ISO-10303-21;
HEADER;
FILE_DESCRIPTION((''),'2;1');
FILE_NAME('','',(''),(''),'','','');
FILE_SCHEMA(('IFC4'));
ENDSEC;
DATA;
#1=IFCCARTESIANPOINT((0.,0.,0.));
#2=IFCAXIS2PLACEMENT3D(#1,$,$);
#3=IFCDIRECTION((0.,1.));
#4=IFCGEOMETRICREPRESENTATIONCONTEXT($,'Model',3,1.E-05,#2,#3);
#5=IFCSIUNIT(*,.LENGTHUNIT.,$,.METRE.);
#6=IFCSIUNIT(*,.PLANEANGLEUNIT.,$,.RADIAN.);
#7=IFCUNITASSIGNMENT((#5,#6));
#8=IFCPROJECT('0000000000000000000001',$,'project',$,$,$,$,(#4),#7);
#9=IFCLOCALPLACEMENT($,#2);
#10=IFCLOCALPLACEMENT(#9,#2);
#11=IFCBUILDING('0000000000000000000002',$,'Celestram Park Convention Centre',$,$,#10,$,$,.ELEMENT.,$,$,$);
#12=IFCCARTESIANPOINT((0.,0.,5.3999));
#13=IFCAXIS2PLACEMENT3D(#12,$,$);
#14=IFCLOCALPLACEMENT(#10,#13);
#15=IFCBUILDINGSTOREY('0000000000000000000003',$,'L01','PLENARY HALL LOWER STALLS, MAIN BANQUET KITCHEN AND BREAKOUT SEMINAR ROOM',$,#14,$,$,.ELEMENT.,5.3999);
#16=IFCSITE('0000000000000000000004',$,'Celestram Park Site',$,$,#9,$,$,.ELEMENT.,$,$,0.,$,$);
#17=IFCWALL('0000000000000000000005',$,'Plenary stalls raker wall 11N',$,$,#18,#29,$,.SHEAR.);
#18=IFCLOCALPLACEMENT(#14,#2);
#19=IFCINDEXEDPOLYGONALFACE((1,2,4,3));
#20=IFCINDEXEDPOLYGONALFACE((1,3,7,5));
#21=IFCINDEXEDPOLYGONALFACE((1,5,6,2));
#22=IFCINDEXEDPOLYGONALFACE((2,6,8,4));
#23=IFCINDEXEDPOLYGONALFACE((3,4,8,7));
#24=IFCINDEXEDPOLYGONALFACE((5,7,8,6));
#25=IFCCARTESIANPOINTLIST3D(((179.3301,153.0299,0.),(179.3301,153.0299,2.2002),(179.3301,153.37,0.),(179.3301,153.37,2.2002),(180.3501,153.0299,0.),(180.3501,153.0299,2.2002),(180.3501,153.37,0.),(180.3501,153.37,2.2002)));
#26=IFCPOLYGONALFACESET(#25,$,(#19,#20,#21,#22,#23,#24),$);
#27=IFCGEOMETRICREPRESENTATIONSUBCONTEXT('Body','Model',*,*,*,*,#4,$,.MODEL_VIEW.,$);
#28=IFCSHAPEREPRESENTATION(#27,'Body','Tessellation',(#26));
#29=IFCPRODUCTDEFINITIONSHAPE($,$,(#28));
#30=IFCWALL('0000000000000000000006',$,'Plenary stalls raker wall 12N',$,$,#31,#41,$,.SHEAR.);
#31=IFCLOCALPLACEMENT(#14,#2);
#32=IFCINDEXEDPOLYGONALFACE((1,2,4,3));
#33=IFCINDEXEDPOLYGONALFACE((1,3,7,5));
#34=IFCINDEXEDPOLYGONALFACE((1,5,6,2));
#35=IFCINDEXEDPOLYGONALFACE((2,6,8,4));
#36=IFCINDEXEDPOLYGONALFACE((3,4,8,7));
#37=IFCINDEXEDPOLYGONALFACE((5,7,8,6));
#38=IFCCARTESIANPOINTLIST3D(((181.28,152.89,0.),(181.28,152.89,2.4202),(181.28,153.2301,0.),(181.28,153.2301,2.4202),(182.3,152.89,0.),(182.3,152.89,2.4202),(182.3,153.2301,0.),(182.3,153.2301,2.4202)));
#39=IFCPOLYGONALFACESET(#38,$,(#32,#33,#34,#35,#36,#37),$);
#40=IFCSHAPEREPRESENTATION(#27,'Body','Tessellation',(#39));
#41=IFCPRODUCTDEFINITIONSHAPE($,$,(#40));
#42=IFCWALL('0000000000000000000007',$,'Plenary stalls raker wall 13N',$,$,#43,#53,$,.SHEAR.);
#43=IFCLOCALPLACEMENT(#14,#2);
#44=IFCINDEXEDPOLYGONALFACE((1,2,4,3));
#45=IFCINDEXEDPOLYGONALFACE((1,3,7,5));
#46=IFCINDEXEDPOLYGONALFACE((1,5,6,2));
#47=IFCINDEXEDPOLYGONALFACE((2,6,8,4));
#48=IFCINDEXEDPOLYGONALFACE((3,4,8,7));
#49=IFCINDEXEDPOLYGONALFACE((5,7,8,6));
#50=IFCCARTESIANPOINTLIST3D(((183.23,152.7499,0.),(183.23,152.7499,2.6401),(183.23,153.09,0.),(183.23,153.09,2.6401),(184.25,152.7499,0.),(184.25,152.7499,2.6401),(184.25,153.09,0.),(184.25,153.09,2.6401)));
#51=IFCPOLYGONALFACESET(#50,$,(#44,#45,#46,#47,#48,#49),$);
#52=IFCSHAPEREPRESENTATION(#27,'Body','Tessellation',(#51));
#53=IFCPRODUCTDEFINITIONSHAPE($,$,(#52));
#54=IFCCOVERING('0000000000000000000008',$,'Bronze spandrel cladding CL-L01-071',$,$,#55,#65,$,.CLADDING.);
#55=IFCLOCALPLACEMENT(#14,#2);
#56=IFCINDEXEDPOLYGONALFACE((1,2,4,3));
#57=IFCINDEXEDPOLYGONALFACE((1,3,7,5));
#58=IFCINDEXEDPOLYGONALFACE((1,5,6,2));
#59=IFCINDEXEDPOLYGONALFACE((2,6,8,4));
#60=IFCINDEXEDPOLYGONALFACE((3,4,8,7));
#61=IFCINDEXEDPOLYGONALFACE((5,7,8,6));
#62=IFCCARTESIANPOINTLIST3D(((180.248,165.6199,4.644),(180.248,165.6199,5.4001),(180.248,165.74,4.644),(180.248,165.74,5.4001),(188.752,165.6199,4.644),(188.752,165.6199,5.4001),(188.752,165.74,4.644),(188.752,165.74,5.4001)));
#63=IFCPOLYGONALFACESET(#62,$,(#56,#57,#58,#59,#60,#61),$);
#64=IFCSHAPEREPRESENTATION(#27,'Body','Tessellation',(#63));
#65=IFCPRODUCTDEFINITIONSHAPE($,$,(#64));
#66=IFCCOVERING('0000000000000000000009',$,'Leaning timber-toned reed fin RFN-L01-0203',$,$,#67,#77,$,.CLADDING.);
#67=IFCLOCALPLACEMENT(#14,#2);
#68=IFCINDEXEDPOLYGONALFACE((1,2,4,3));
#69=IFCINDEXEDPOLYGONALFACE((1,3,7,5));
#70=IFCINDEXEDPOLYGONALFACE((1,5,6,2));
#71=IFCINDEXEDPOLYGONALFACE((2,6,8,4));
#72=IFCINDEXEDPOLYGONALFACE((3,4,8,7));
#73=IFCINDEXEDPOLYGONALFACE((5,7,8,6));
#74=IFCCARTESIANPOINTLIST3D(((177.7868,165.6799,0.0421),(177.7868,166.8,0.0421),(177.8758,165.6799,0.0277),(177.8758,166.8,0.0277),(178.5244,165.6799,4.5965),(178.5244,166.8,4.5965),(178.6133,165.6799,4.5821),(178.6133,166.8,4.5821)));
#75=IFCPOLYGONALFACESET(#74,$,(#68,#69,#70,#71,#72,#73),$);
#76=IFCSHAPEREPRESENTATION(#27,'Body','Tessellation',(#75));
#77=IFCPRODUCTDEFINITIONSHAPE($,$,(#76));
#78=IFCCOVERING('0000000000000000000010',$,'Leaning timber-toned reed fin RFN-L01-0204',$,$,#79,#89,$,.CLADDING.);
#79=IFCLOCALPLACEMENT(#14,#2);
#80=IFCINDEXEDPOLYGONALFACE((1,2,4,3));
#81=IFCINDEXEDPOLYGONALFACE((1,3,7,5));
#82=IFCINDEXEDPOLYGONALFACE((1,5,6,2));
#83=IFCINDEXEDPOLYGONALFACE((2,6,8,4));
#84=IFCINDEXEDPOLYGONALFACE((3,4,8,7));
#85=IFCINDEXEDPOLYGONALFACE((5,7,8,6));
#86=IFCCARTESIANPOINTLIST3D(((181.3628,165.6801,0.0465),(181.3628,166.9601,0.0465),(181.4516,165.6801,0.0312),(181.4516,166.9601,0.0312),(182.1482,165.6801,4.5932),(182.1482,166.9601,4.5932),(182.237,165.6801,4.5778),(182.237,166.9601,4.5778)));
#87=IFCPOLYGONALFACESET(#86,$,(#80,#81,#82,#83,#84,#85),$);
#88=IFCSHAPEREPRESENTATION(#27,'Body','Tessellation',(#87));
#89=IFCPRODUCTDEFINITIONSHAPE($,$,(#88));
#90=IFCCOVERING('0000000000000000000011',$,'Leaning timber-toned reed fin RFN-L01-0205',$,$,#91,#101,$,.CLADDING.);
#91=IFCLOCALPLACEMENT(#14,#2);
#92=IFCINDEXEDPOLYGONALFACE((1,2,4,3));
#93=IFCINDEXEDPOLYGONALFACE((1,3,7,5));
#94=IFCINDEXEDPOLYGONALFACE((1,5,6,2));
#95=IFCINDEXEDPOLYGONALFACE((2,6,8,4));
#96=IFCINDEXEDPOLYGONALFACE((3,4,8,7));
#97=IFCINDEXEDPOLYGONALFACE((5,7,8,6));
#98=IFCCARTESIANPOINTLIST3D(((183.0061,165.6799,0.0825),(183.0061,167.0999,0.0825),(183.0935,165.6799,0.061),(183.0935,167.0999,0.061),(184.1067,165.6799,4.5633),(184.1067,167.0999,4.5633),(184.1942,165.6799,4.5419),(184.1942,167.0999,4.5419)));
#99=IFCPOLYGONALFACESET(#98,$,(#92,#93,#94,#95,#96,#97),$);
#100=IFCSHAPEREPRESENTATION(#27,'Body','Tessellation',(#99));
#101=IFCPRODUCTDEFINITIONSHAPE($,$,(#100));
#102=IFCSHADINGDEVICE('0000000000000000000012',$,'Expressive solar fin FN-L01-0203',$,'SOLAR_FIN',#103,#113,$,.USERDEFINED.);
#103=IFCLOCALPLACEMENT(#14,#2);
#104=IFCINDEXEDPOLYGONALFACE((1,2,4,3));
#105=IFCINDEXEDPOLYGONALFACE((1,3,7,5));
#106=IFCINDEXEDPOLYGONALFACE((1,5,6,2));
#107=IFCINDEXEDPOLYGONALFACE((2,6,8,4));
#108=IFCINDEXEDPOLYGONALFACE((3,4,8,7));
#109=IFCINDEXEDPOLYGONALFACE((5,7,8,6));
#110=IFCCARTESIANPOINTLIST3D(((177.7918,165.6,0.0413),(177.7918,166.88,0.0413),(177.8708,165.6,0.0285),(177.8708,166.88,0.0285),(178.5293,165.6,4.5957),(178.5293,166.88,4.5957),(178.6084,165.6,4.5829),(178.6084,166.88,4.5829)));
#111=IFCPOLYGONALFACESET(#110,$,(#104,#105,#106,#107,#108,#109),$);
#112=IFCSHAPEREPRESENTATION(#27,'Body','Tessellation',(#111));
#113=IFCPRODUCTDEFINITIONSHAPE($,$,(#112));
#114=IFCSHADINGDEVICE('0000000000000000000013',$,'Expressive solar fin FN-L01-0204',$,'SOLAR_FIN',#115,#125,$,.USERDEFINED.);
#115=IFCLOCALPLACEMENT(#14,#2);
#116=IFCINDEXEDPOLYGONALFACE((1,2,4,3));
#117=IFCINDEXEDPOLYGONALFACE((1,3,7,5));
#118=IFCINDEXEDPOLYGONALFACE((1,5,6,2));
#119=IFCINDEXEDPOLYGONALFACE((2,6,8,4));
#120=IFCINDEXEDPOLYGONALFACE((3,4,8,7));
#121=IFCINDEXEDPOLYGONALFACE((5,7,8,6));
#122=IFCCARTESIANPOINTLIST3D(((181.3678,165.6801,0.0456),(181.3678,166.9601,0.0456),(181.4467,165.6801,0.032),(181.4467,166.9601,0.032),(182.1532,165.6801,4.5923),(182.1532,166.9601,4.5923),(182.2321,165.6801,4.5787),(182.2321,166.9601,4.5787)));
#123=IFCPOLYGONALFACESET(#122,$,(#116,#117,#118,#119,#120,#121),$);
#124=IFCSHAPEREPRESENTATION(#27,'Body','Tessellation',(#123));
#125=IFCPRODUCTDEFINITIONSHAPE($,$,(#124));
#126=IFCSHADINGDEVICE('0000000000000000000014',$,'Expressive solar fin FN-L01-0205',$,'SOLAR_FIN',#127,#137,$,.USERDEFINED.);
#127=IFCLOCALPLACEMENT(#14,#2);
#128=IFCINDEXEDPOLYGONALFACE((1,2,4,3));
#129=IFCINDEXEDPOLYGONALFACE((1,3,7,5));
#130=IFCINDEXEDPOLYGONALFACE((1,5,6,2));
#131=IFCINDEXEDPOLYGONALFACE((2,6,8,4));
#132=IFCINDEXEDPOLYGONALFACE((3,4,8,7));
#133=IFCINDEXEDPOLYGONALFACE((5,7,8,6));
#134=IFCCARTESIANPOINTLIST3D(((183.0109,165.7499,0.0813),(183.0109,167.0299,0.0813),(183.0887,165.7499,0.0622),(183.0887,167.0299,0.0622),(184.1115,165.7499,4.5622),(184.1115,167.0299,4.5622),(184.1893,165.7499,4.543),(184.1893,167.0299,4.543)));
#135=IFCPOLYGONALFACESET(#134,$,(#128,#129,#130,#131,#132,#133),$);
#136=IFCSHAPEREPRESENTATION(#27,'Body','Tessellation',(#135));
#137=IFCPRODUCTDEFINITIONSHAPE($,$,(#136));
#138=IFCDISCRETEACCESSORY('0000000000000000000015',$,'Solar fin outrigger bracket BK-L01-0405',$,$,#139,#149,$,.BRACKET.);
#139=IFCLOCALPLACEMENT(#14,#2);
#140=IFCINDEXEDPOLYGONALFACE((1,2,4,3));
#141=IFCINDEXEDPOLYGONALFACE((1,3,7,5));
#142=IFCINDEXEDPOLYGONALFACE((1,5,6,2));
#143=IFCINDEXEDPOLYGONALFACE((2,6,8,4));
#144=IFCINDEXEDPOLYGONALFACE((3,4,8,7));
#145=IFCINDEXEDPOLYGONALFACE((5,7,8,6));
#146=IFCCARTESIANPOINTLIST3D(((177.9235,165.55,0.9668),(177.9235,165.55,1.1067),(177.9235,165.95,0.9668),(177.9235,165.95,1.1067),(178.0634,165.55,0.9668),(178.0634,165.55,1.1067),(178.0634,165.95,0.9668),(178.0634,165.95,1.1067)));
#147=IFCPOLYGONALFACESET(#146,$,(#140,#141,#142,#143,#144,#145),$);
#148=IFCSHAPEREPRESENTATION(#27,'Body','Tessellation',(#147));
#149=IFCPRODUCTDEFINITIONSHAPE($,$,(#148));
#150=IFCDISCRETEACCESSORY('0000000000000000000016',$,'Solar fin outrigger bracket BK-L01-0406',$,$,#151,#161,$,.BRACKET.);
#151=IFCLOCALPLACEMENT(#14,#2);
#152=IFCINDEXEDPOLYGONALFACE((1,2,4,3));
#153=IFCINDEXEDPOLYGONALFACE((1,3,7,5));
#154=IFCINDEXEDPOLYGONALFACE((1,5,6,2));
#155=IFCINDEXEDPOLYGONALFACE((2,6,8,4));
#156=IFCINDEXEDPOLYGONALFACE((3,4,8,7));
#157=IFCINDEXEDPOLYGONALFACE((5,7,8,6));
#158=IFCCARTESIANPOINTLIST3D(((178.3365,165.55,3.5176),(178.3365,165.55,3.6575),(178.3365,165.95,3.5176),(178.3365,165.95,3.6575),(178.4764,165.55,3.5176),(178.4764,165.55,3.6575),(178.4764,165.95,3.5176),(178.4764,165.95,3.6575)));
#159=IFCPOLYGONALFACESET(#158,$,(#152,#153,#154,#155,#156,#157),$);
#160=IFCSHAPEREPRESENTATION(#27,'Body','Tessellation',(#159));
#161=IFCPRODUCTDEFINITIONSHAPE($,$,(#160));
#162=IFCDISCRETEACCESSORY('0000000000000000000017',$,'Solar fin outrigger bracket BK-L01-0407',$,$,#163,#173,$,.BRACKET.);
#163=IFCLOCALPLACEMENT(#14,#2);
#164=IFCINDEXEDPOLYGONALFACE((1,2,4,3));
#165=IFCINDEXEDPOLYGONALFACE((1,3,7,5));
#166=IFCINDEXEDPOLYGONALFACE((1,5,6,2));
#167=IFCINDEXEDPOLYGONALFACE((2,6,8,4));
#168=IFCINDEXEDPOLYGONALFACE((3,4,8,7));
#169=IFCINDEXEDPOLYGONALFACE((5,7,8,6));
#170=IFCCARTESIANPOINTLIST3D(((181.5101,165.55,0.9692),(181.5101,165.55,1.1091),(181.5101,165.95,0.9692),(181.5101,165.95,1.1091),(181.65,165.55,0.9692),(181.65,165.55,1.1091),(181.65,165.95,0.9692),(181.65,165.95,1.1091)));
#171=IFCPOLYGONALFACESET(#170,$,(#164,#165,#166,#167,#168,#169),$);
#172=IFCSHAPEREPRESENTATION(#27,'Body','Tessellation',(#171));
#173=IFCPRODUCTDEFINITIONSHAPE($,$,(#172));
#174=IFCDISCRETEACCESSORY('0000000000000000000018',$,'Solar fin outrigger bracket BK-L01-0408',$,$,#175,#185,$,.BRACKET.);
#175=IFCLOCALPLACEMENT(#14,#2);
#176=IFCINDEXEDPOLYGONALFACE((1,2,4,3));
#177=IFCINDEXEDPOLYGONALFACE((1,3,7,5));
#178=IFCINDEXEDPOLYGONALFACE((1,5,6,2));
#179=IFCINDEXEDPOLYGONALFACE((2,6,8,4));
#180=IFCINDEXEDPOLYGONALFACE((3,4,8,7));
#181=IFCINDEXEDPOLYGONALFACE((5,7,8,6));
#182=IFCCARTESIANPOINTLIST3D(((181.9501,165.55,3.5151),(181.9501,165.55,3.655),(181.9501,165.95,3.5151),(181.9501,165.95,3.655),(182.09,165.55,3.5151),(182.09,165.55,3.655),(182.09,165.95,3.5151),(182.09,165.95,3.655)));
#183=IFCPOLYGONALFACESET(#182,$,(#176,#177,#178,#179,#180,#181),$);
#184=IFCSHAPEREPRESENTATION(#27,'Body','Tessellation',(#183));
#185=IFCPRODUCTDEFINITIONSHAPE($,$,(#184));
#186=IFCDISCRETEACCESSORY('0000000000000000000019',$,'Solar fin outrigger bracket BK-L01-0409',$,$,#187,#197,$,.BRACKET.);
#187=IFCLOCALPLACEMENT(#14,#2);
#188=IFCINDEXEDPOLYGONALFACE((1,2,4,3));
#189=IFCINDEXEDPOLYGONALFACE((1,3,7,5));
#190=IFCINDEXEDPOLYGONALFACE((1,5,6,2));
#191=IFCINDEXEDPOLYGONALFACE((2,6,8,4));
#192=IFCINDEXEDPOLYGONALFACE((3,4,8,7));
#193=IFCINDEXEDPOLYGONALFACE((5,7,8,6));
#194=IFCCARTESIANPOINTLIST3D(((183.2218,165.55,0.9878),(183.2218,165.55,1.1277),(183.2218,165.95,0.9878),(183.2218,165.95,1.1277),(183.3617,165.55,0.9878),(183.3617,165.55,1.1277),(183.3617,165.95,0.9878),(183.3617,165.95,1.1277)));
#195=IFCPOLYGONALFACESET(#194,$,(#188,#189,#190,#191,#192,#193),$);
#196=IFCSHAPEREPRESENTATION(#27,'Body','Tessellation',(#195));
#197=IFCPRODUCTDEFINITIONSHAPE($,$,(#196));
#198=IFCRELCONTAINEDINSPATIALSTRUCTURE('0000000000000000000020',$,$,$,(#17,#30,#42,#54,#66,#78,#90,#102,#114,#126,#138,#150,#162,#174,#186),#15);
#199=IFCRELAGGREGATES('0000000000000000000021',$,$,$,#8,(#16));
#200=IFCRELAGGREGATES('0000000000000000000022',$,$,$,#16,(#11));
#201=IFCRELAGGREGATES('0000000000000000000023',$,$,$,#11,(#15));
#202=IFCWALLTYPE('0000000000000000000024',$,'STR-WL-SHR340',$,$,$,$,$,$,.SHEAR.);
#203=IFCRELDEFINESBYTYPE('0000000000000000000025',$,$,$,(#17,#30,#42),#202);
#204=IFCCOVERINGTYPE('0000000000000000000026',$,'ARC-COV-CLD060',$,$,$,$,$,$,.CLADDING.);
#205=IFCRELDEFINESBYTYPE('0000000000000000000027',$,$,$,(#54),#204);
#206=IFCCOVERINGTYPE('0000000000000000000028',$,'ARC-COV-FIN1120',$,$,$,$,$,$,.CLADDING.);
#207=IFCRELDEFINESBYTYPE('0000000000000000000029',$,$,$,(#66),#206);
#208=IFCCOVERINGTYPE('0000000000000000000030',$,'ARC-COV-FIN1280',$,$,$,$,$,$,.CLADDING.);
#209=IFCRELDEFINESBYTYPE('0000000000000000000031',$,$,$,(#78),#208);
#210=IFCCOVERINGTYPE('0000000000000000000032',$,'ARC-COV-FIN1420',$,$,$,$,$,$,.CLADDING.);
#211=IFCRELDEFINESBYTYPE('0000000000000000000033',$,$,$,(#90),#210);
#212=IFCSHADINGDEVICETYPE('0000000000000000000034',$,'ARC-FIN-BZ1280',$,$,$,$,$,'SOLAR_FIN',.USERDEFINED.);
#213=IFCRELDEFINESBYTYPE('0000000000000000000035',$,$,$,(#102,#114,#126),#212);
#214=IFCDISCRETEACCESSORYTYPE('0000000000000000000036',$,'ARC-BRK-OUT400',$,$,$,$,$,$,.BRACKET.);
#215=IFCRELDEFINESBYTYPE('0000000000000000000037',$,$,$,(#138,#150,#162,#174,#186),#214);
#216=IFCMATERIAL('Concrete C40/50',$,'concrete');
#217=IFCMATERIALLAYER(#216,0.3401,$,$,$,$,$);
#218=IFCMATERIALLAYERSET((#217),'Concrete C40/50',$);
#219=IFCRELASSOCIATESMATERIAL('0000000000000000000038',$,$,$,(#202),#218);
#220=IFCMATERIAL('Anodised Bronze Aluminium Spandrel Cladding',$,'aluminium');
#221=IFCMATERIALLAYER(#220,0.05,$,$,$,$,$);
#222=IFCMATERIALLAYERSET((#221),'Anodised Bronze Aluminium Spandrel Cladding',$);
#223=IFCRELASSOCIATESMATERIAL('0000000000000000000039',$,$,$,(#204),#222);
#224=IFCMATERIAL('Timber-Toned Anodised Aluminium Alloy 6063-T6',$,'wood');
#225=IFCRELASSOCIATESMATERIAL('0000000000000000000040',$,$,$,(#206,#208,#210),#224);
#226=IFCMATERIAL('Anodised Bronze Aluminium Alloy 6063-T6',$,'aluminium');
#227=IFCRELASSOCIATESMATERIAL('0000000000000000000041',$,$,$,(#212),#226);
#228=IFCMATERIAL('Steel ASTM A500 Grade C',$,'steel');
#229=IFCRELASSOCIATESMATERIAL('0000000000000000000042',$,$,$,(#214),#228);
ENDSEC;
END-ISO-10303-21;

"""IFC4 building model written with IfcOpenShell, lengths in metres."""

from ifc_helpers import new_model, si_unit, direction, frame, frame_2d, origin, origin_2d, place, context, subcontext, project, spatial, rectangle, extrude, material, layer, layer_set, material_profile, profile_set, type_object, element, save


model = new_model("IFC4")

# Units and contexts
model_context = context("Model", 3, precision=1e-05, world=origin(), true_north=direction((0.0, 1.0)))
body_context = subcontext(model_context, "Body", "Model", "MODEL_VIEW")
ifc_project = project(units=[si_unit("LENGTHUNIT", "METRE"), si_unit("PLANEANGLEUNIT", "RADIAN")], contexts=[model_context])

# Site, building, storey
site_placement = place(None, origin())
site = spatial("IfcSite", under=ifc_project, at=site_placement, Name="Celestram Park Site", CompositionType="ELEMENT", RefElevation=0.0)
building_placement = place(site_placement, origin())
building = spatial("IfcBuilding", under=site, at=building_placement, Name="Celestram Park Convention Centre", CompositionType="ELEMENT")
storey_placement = place(building_placement, frame((0.0, 0.0, 5.3999)))
storey = spatial("IfcBuildingStorey", under=building, at=storey_placement, Name="L01", Description="PLENARY HALL LOWER STALLS, MAIN BANQUET KITCHEN AND BREAKOUT SEMINAR ROOM", CompositionType="ELEMENT", Elevation=5.3999)

# Shared definitions
ifc_material_1 = material(Name="Steel ASTM A500 Grade C", Category="steel")

# Walls
ifc_material_2 = material(Name="Concrete C40/50", Category="concrete")
ifc_layer_1 = layer(ifc_material_2, 0.3401)
ifc_layer_set_1 = layer_set([ifc_layer_1], Name="Concrete C40/50")
wall_type_1 = type_object("IfcWallType", Name="STR-WL-SHR340", PredefinedType="SHEAR", material=ifc_layer_set_1)
wall_1_placement = place(storey_placement, frame((179.3301, 153.2, 0.0), z_axis=(0.0, 0.0, 1.0), x_axis=(1.0, 0.0, 0.0)))
element("IfcWall", 1, at=wall_1_placement, inside=storey, type_object=wall_type_1, Name="Plenary stalls raker wall 11N", PredefinedType="SHEAR", context=body_context, shape_type="SweptSolid", body=[
    extrude(rectangle(XDim=1.02, YDim=0.3401, at=frame_2d((0.51, 0.0))), origin(), (0.0, 0.0, 1.0), 2.2002),
])
wall_2_placement = place(storey_placement, frame((181.28, 153.0601, 0.0), z_axis=(0.0, 0.0, 1.0), x_axis=(1.0, 0.0, 0.0)))
element("IfcWall", 2, at=wall_2_placement, inside=storey, type_object=wall_type_1, Name="Plenary stalls raker wall 12N", PredefinedType="SHEAR", context=body_context, shape_type="SweptSolid", body=[
    extrude(rectangle(XDim=1.02, YDim=0.3401, at=frame_2d((0.51, 0.0))), origin(), (0.0, 0.0, 1.0), 2.4202),
])
wall_3_placement = place(storey_placement, frame((183.23, 152.9199, 0.0), z_axis=(0.0, 0.0, 1.0), x_axis=(1.0, 0.0, 0.0)))
element("IfcWall", 3, at=wall_3_placement, inside=storey, type_object=wall_type_1, Name="Plenary stalls raker wall 13N", PredefinedType="SHEAR", context=body_context, shape_type="SweptSolid", body=[
    extrude(rectangle(XDim=1.02, YDim=0.3401, at=frame_2d((0.51, 0.0))), origin(), (0.0, 0.0, 1.0), 2.6401),
])

# Coverings
ifc_material_3 = material(Name="Anodised Bronze Aluminium Spandrel Cladding", Category="aluminium")
ifc_layer_2 = layer(ifc_material_3, 0.05)
ifc_layer_set_2 = layer_set([ifc_layer_2], Name="Anodised Bronze Aluminium Spandrel Cladding")
covering_type_1 = type_object("IfcCoveringType", Name="ARC-COV-CLD060", PredefinedType="CLADDING", material=ifc_layer_set_2)
covering_1_placement = place(storey_placement, frame((184.5, 165.6799, 4.644), z_axis=(0.0, 0.0, 1.0), x_axis=(1.0, 0.0, 0.0)))
element("IfcCovering", 4, at=covering_1_placement, inside=storey, type_object=covering_type_1, Name="Bronze spandrel cladding CL-L01-071", PredefinedType="CLADDING", context=body_context, shape_type="SweptSolid", body=[
    extrude(rectangle(XDim=8.5039, YDim=0.1201, at=origin_2d()), origin(), (0.0, 0.0, 1.0), 0.7561),
])
ifc_material_4 = material(Name="Timber-Toned Anodised Aluminium Alloy 6063-T6", Category="wood")
ifc_material_profile_1 = material_profile(ifc_material_4, rectangle(XDim=1.1201, YDim=0.0901, at=origin_2d()), Name="REED1120X90")
ifc_profile_set_1 = profile_set([ifc_material_profile_1], Name="Timber-Toned Anodised Aluminium Alloy 6063-T6")
covering_type_2 = type_object("IfcCoveringType", Name="ARC-COV-FIN1120", PredefinedType="CLADDING", material=ifc_profile_set_1)
covering_2_placement = place(storey_placement, frame((177.8313, 166.24, 0.0349), z_axis=(0.159858, 0.0, 0.98714), x_axis=(0.0, 1.0, 0.0)))
element("IfcCovering", 5, at=covering_2_placement, inside=storey, type_object=covering_type_2, Name="Leaning timber-toned reed fin RFN-L01-0203", PredefinedType="CLADDING", context=body_context, shape_type="SweptSolid", body=[
    extrude(rectangle(XDim=1.1201, YDim=0.0901, at=origin_2d()), origin(), (0.0, 0.0, 1.0), 4.6138),
])
ifc_material_profile_2 = material_profile(ifc_material_4, rectangle(XDim=1.28, YDim=0.0901, at=origin_2d()), Name="REED1280X90")
ifc_profile_set_2 = profile_set([ifc_material_profile_2], Name="Timber-Toned Anodised Aluminium Alloy 6063-T6")
covering_type_3 = type_object("IfcCoveringType", Name="ARC-COV-FIN1280", PredefinedType="CLADDING", material=ifc_profile_set_2)
covering_3_placement = place(storey_placement, frame((181.4072, 166.3201, 0.0388), z_axis=(0.170222, 0.0, 0.985406), x_axis=(0.0, 1.0, 0.0)))
element("IfcCovering", 6, at=covering_3_placement, inside=storey, type_object=covering_type_3, Name="Leaning timber-toned reed fin RFN-L01-0204", PredefinedType="CLADDING", context=body_context, shape_type="SweptSolid", body=[
    extrude(rectangle(XDim=1.28, YDim=0.0901, at=origin_2d()), origin(), (0.0, 0.0, 1.0), 4.614),
])
ifc_material_profile_3 = material_profile(ifc_material_4, rectangle(XDim=1.4199, YDim=0.0901, at=origin_2d()), Name="REED1420X90")
ifc_profile_set_3 = profile_set([ifc_material_profile_3], Name="Timber-Toned Anodised Aluminium Alloy 6063-T6")
covering_type_4 = type_object("IfcCoveringType", Name="ARC-COV-FIN1420", PredefinedType="CLADDING", material=ifc_profile_set_3)
covering_4_placement = place(storey_placement, frame((183.0498, 166.3899, 0.0718), z_axis=(0.238537, 0.0, 0.971133), x_axis=(0.0, 1.0, 0.0)))
element("IfcCovering", 7, at=covering_4_placement, inside=storey, type_object=covering_type_4, Name="Leaning timber-toned reed fin RFN-L01-0205", PredefinedType="CLADDING", context=body_context, shape_type="SweptSolid", body=[
    extrude(rectangle(XDim=1.4199, YDim=0.0901, at=origin_2d()), origin(), (0.0, 0.0, 1.0), 4.614),
])

# Shading devices
ifc_material_5 = material(Name="Anodised Bronze Aluminium Alloy 6063-T6", Category="aluminium")
ifc_material_profile_4 = material_profile(ifc_material_5, rectangle(XDim=1.28, YDim=0.0801, at=origin_2d()), Name="FIN1280X80")
ifc_profile_set_4 = profile_set([ifc_material_profile_4], Name="Anodised Bronze Aluminium Alloy 6063-T6")
shading_device_type = type_object("IfcShadingDeviceType", Name="ARC-FIN-BZ1280", ElementType="SOLAR_FIN", PredefinedType="USERDEFINED", material=ifc_profile_set_4)
shading_device_placement = place(storey_placement, frame((177.8313, 166.24, 0.0349), z_axis=(0.159858, 0.0, 0.98714), x_axis=(0.0, 1.0, 0.0)))
element("IfcShadingDevice", 8, at=shading_device_placement, inside=storey, type_object=shading_device_type, Name="Expressive solar fin FN-L01-0203", ObjectType="SOLAR_FIN", PredefinedType="USERDEFINED", context=body_context, shape_type="SweptSolid", body=[
    extrude(rectangle(XDim=1.28, YDim=0.0801, at=origin_2d()), origin(), (0.0, 0.0, 1.0), 4.6138),
])
for number, where, z_axis, x_axis, name in (
    (9, (181.4072, 166.3201, 0.0388), (0.170222, 0.0, 0.985406), (0.0, 1.0, 0.0), "Expressive solar fin FN-L01-0204"),
    (10, (183.0498, 166.3899, 0.0718), (0.238537, 0.0, 0.971133), (0.0, 1.0, 0.0), "Expressive solar fin FN-L01-0205"),
):
    element("IfcShadingDevice", number, at=place(storey_placement, frame(where, z_axis=z_axis, x_axis=x_axis)), inside=storey, type_object=shading_device_type, Name=name, ObjectType="SOLAR_FIN", PredefinedType="USERDEFINED", context=body_context, shape_type="SweptSolid", body=[
        extrude(rectangle(XDim=1.28, YDim=0.0801, at=origin_2d()), origin(), (0.0, 0.0, 1.0), 4.614),
    ])

# Discrete accessories
discrete_accessory_type = type_object("IfcDiscreteAccessoryType", Name="ARC-BRK-OUT400", PredefinedType="BRACKET", material=ifc_material_1)
for number, where, z_axis, x_axis, name in (
    (11, (177.9934, 165.75, 0.9668), (0.0, 0.0, 1.0), (0.0, 1.0, 0.0), "Solar fin outrigger bracket BK-L01-0405"),
    (12, (178.4065, 165.75, 3.5176), (0.0, 0.0, 1.0), (0.0, 1.0, 0.0), "Solar fin outrigger bracket BK-L01-0406"),
    (13, (181.5801, 165.75, 0.9692), (0.0, 0.0, 1.0), (0.0, 1.0, 0.0), "Solar fin outrigger bracket BK-L01-0407"),
    (14, (182.02, 165.75, 3.5151), (0.0, 0.0, 1.0), (0.0, 1.0, 0.0), "Solar fin outrigger bracket BK-L01-0408"),
    (15, (183.2917, 165.75, 0.9878), (0.0, 0.0, 1.0), (0.0, 1.0, 0.0), "Solar fin outrigger bracket BK-L01-0409"),
):
    element("IfcDiscreteAccessory", number, at=place(storey_placement, frame(where, z_axis=z_axis, x_axis=x_axis)), inside=storey, type_object=discrete_accessory_type, Name=name, PredefinedType="BRACKET", context=body_context, shape_type="SweptSolid", body=[
        extrude(rectangle(XDim=0.3999, YDim=0.1399, at=origin_2d()), origin(), (0.0, 0.0, 1.0), 0.1399),
    ])

save(model, "model.ifc")
